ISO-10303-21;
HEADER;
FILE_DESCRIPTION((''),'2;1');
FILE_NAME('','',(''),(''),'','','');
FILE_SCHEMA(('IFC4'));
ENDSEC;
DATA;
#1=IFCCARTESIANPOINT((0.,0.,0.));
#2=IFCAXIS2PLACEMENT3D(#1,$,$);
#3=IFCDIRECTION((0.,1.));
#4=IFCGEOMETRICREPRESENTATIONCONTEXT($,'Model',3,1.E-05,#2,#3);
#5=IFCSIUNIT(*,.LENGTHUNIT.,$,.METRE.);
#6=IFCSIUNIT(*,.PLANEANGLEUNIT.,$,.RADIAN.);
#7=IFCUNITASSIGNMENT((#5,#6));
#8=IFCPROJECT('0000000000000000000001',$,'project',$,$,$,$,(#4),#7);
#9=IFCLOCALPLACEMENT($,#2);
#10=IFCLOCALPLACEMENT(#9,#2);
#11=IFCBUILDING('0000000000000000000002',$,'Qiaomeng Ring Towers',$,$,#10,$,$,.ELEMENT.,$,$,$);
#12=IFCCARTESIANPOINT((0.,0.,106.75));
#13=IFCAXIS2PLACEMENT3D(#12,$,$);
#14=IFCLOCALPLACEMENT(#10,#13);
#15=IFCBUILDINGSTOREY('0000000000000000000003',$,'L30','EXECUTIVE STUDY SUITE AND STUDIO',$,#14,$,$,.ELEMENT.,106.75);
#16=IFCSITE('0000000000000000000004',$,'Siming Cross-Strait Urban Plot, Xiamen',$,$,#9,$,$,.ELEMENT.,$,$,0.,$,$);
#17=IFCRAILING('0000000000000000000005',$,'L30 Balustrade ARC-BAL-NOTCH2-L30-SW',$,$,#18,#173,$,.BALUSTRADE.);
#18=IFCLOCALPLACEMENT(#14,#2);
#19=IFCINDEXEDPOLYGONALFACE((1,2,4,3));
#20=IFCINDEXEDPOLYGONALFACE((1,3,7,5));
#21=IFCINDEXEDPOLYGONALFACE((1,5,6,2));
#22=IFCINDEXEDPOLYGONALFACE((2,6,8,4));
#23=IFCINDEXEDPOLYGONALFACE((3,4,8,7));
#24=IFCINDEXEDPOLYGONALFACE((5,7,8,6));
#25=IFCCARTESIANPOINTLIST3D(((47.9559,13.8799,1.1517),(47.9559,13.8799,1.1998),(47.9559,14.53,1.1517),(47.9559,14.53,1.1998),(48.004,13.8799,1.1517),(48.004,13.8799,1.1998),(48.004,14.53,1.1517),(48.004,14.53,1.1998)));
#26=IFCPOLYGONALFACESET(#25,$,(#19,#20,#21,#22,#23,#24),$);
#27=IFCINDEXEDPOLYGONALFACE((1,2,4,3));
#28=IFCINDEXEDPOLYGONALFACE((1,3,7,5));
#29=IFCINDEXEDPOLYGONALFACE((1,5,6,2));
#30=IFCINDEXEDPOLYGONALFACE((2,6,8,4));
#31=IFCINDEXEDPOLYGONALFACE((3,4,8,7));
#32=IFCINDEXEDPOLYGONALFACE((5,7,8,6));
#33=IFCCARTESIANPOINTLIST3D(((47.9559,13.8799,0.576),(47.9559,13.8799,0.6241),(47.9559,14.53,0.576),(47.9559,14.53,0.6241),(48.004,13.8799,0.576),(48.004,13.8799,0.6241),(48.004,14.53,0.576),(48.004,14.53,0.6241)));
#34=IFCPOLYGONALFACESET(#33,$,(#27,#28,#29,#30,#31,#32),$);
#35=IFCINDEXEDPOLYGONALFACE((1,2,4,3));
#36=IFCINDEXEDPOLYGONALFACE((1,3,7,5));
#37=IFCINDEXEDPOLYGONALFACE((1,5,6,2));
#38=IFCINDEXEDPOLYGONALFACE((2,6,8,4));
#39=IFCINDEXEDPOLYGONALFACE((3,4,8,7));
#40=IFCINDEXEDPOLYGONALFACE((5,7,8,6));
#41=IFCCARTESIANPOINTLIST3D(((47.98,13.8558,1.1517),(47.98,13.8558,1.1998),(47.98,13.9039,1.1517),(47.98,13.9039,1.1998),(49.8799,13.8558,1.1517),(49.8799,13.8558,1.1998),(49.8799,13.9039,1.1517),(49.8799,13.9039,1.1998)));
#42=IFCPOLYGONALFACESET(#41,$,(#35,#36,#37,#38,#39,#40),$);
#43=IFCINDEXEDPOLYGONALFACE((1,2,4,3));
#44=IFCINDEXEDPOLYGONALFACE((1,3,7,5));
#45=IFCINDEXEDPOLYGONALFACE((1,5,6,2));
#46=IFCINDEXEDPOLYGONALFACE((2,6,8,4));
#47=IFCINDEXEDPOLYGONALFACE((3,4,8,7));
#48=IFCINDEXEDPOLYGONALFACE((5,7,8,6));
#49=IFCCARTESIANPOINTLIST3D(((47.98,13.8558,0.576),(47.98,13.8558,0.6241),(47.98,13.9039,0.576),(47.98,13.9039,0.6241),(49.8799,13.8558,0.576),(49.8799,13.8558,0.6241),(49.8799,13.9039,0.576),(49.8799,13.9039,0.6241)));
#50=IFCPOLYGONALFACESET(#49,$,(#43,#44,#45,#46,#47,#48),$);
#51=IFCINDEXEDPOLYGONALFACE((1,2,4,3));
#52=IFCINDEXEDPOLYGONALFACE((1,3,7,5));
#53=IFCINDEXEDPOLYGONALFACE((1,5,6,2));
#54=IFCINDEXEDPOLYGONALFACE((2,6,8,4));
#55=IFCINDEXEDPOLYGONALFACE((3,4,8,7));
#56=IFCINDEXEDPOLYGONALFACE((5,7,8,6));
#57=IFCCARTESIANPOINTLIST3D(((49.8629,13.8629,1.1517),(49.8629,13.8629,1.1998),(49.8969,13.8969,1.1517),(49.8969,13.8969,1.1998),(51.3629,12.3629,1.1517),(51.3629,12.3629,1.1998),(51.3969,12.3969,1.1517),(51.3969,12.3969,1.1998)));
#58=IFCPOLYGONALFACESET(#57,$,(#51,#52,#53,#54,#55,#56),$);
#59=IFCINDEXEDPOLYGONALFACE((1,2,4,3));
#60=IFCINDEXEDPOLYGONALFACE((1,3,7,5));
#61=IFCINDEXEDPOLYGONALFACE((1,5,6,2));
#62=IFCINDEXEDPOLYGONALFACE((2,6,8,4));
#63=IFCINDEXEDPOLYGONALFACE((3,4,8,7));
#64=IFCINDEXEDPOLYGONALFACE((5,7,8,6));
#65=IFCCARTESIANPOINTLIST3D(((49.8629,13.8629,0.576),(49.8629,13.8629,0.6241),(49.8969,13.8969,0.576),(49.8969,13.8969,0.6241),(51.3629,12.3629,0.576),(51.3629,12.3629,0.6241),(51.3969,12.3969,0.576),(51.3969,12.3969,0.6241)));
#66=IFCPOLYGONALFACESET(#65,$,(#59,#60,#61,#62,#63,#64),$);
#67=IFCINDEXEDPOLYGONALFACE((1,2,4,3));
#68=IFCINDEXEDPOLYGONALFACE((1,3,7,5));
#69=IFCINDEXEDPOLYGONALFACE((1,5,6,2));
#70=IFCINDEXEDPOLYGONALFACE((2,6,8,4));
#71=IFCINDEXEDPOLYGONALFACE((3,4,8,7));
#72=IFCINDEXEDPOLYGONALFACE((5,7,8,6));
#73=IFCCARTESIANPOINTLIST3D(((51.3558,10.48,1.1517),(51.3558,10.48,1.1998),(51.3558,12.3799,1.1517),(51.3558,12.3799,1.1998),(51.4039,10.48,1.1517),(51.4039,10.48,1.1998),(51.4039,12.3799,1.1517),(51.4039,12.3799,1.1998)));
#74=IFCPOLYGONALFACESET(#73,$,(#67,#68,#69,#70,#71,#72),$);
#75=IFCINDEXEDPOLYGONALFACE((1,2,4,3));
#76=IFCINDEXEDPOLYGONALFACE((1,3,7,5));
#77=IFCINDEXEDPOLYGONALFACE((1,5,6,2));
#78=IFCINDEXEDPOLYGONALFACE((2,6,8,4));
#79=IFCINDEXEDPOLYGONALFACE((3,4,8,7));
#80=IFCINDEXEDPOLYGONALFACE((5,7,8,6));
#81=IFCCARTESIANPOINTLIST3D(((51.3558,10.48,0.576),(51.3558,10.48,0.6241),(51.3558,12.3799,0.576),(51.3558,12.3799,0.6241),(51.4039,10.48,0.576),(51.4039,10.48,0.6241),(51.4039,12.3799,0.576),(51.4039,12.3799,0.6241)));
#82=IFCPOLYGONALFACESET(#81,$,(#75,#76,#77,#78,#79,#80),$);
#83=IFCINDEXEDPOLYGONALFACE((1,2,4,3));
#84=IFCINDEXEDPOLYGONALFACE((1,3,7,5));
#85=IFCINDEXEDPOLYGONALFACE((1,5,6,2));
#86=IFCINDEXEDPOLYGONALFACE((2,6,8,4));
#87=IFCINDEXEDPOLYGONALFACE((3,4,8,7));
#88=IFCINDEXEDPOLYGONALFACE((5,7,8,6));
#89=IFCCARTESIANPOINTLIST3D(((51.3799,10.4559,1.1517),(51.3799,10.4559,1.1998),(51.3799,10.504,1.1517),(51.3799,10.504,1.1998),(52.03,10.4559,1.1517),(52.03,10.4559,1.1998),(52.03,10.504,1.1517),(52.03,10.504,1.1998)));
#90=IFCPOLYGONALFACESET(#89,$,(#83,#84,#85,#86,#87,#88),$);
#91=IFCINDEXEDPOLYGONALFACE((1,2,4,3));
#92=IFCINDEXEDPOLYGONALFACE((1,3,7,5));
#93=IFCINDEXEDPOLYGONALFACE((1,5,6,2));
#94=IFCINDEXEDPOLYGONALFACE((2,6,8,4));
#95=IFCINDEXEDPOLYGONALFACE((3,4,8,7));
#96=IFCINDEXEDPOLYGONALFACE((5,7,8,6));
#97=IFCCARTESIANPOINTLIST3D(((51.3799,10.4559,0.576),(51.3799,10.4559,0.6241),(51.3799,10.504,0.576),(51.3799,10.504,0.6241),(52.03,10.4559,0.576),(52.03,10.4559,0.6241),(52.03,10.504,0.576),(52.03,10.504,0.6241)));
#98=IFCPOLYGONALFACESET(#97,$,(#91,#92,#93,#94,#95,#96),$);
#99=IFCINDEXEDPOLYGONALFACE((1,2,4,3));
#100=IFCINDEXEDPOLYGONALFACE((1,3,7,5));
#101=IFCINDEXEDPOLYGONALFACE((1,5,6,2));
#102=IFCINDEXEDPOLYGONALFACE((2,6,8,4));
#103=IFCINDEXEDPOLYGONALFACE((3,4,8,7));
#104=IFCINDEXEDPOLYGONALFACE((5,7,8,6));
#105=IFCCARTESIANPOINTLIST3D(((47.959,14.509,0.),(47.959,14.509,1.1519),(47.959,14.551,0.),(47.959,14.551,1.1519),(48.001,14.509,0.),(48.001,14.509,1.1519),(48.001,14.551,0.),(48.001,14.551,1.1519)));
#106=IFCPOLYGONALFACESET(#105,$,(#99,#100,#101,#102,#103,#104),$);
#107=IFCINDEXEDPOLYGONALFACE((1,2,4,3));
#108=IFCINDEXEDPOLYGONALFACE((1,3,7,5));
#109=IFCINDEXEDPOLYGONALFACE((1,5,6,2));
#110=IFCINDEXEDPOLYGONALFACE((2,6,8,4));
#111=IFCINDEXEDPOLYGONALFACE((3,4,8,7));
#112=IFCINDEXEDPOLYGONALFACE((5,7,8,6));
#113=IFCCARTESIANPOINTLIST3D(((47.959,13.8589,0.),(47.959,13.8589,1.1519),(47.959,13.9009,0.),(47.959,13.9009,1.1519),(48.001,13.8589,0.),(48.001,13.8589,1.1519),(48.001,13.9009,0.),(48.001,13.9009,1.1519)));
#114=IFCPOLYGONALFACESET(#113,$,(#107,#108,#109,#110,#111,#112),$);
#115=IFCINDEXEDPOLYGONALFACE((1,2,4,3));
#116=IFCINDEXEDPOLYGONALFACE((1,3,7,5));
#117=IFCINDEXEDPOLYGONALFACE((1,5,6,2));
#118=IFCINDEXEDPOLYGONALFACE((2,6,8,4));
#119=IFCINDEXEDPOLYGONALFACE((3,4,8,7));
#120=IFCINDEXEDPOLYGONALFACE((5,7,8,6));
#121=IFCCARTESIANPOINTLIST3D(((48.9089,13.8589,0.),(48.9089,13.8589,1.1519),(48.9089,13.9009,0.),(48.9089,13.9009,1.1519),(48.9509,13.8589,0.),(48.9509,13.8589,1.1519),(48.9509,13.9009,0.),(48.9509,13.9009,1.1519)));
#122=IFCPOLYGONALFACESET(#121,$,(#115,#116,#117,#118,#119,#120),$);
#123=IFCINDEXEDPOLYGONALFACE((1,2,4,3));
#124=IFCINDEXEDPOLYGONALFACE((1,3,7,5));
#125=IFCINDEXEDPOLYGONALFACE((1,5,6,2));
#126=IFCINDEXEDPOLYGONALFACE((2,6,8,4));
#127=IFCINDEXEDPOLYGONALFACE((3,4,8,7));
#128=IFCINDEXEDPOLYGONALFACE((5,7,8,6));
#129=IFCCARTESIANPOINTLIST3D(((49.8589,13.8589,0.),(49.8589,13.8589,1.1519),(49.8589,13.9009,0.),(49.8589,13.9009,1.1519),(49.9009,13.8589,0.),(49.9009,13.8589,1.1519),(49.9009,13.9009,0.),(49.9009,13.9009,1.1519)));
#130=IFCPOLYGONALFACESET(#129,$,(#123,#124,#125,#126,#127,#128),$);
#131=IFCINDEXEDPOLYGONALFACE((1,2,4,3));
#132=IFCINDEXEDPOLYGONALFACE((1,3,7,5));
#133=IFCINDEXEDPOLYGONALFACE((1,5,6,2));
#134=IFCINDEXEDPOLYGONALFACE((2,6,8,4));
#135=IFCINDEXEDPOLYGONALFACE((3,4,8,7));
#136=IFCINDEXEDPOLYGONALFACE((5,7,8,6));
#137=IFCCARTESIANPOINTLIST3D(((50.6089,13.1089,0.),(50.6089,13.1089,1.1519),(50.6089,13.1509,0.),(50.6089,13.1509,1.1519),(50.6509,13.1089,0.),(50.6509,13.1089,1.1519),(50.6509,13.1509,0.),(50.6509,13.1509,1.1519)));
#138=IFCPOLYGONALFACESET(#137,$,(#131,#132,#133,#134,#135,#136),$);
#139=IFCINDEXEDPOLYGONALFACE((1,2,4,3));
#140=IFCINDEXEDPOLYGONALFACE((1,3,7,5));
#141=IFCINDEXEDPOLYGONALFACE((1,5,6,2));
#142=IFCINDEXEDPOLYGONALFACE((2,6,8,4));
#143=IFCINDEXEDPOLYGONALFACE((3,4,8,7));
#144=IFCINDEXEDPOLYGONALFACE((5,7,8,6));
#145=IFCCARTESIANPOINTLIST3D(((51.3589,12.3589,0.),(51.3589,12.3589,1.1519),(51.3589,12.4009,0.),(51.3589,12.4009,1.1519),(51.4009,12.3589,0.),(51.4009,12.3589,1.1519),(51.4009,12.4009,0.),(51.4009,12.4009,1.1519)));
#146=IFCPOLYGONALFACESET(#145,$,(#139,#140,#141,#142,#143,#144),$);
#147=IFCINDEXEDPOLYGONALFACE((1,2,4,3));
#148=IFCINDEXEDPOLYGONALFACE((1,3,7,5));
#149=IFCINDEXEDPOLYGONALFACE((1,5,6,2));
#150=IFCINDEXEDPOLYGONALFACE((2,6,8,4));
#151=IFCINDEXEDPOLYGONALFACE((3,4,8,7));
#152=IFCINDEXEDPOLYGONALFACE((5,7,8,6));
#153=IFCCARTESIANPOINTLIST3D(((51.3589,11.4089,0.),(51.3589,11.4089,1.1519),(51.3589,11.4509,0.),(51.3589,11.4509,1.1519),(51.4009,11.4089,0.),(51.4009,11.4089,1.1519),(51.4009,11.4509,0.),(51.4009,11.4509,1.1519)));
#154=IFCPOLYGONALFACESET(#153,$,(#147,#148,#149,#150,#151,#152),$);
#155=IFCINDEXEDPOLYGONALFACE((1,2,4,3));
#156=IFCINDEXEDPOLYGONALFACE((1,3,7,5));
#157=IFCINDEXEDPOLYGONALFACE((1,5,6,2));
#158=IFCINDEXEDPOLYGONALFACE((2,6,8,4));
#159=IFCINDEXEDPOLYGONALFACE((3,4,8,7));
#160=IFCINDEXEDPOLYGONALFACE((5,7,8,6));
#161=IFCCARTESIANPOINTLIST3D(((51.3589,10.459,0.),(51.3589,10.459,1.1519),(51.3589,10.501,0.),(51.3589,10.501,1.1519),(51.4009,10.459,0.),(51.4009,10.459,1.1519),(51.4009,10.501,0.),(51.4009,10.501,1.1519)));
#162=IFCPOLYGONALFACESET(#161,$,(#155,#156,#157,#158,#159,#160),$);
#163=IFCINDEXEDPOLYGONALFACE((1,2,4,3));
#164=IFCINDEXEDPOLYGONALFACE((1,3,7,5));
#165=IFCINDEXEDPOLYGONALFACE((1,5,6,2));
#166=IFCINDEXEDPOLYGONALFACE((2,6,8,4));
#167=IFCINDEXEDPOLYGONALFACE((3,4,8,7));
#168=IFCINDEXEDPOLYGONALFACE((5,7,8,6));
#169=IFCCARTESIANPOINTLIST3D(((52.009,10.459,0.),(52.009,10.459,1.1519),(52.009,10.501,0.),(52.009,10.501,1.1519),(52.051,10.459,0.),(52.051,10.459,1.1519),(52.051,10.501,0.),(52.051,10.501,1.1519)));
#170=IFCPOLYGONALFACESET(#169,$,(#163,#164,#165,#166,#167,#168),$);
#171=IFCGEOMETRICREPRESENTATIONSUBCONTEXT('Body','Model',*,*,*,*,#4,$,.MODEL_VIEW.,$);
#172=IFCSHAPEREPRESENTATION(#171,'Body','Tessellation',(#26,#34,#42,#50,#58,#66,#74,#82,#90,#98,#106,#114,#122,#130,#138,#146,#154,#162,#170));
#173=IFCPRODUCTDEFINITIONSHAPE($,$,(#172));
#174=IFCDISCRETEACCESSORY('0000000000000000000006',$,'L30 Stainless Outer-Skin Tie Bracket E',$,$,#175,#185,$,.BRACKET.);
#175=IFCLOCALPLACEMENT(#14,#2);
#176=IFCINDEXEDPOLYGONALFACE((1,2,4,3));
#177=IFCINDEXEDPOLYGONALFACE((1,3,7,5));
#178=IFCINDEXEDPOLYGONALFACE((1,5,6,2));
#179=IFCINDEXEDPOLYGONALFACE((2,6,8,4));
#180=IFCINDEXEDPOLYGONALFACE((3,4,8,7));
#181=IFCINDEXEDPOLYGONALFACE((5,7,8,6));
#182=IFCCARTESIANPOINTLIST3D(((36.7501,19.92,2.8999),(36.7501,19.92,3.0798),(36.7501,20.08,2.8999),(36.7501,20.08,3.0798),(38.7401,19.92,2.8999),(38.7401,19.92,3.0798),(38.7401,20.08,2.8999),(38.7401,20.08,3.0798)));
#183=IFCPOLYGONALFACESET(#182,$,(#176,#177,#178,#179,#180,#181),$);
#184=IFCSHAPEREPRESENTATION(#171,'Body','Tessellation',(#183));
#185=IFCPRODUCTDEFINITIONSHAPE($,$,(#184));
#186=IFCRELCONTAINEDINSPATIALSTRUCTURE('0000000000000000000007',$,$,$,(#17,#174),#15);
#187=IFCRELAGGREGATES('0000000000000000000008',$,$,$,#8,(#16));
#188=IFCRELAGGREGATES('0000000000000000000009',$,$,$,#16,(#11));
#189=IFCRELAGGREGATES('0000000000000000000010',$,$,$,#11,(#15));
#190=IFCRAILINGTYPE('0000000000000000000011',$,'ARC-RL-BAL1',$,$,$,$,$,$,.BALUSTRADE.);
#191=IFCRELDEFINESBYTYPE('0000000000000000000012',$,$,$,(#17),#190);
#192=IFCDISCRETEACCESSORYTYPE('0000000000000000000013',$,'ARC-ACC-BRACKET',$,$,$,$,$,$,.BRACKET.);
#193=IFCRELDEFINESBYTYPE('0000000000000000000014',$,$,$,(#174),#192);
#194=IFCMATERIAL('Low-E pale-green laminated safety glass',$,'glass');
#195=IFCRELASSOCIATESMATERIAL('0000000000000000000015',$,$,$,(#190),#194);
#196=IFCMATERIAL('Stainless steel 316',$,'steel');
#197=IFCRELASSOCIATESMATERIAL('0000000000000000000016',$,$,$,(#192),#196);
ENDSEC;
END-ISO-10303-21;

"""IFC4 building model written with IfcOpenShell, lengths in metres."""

from ifc_helpers import new_model, si_unit, direction, frame, origin, origin_2d, place, context, subcontext, project, spatial, rectangle, extrude, source, transform, mapped, material, type_object, element, save


model = new_model("IFC4")

# Units and contexts
model_context = context("Model", 3, precision=1e-05, world=origin(), true_north=direction((0.0, 1.0)))
body_context = subcontext(model_context, "Body", "Model", "MODEL_VIEW")
ifc_project = project(units=[si_unit("LENGTHUNIT", "METRE"), si_unit("PLANEANGLEUNIT", "RADIAN")], contexts=[model_context])

# Site, building, storey
site_placement = place(None, origin())
site = spatial("IfcSite", under=ifc_project, at=site_placement, Name="Siming Cross-Strait Urban Plot, Xiamen", CompositionType="ELEMENT", RefElevation=0.0)
building_placement = place(site_placement, origin())
building = spatial("IfcBuilding", under=site, at=building_placement, Name="Qiaomeng Ring Towers", CompositionType="ELEMENT")
storey_placement = place(building_placement, frame((0.0, 0.0, 106.75)))
storey = spatial("IfcBuildingStorey", under=building, at=storey_placement, Name="L30", Description="EXECUTIVE STUDY SUITE AND STUDIO", CompositionType="ELEMENT", Elevation=106.75)

# Shared definitions
ifc_material_1 = material(Name="Stainless steel 316", Category="steel")

# Railing
ifc_material_2 = material(Name="Low-E pale-green laminated safety glass", Category="glass")
railing_type = type_object("IfcRailingType", Name="ARC-RL-BAL1", PredefinedType="BALUSTRADE", material=ifc_material_2)
railing_1_placement = place(storey_placement, frame((47.98, 14.53, 0.0)))
element("IfcRailing", 1, at=railing_1_placement, inside=storey, type_object=railing_type, Name="L30 Balustrade ARC-BAL-NOTCH2-L30-SW", PredefinedType="BALUSTRADE", context=body_context, shape_type="SweptSolid", body=[
    extrude(rectangle(XDim=0.0481, YDim=0.0481, at=origin_2d()), frame((0.0, 0.0, 1.1758), z_axis=(0.0, -1.0, 0.0), x_axis=(1.0, 0.0, 0.0)), (0.0, 0.0, 1.0), 0.6501),
    extrude(rectangle(XDim=0.0481, YDim=0.0481, at=origin_2d()), frame((0.0, 0.0, 0.6001), z_axis=(0.0, -1.0, 0.0), x_axis=(1.0, 0.0, 0.0)), (0.0, 0.0, 1.0), 0.6501),
    extrude(rectangle(XDim=0.0481, YDim=0.0481, at=origin_2d()), frame((0.0, -0.6501, 1.1758), z_axis=(1.0, 0.0, 0.0), x_axis=(0.0, 1.0, 0.0)), (0.0, 0.0, 1.0), 1.8999),
    extrude(rectangle(XDim=0.0481, YDim=0.0481, at=origin_2d()), frame((0.0, -0.6501, 0.6001), z_axis=(1.0, 0.0, 0.0), x_axis=(0.0, 1.0, 0.0)), (0.0, 0.0, 1.0), 1.8999),
    extrude(rectangle(XDim=0.0481, YDim=0.0481, at=origin_2d()), frame((1.8999, -0.6501, 1.1758), z_axis=(0.707107, -0.707107, 0.0), x_axis=(0.707107, 0.707107, 0.0)), (0.0, 0.0, 1.0), 2.1213),
    extrude(rectangle(XDim=0.0481, YDim=0.0481, at=origin_2d()), frame((1.8999, -0.6501, 0.6001), z_axis=(0.707107, -0.707107, 0.0), x_axis=(0.707107, 0.707107, 0.0)), (0.0, 0.0, 1.0), 2.1213),
    extrude(rectangle(XDim=0.0481, YDim=0.0481, at=origin_2d()), frame((3.3999, -2.1501, 1.1758), z_axis=(0.0, -1.0, 0.0), x_axis=(1.0, 0.0, 0.0)), (0.0, 0.0, 1.0), 1.8999),
    extrude(rectangle(XDim=0.0481, YDim=0.0481, at=origin_2d()), frame((3.3999, -2.1501, 0.6001), z_axis=(0.0, -1.0, 0.0), x_axis=(1.0, 0.0, 0.0)), (0.0, 0.0, 1.0), 1.8999),
    extrude(rectangle(XDim=0.0481, YDim=0.0481, at=origin_2d()), frame((3.3999, -4.05, 1.1758), z_axis=(1.0, 0.0, 0.0), x_axis=(0.0, 1.0, 0.0)), (0.0, 0.0, 1.0), 0.6501),
    extrude(rectangle(XDim=0.0481, YDim=0.0481, at=origin_2d()), frame((3.3999, -4.05, 0.6001), z_axis=(1.0, 0.0, 0.0), x_axis=(0.0, 1.0, 0.0)), (0.0, 0.0, 1.0), 0.6501),
    extrude(rectangle(XDim=0.042, YDim=0.042, at=origin_2d()), origin(), (0.0, 0.0, 1.0), 1.1519),
    extrude(rectangle(XDim=0.042, YDim=0.042, at=origin_2d()), frame((0.0, -0.6501, 0.0)), (0.0, 0.0, 1.0), 1.1519),
    extrude(rectangle(XDim=0.042, YDim=0.042, at=origin_2d()), frame((0.95, -0.6501, 0.0)), (0.0, 0.0, 1.0), 1.1519),
    extrude(rectangle(XDim=0.042, YDim=0.042, at=origin_2d()), frame((1.8999, -0.6501, 0.0)), (0.0, 0.0, 1.0), 1.1519),
    extrude(rectangle(XDim=0.042, YDim=0.042, at=origin_2d()), frame((2.6499, -1.4001, 0.0)), (0.0, 0.0, 1.0), 1.1519),
    extrude(rectangle(XDim=0.042, YDim=0.042, at=origin_2d()), frame((3.3999, -2.1501, 0.0)), (0.0, 0.0, 1.0), 1.1519),
    extrude(rectangle(XDim=0.042, YDim=0.042, at=origin_2d()), frame((3.3999, -3.1001, 0.0)), (0.0, 0.0, 1.0), 1.1519),
    extrude(rectangle(XDim=0.042, YDim=0.042, at=origin_2d()), frame((3.3999, -4.05, 0.0)), (0.0, 0.0, 1.0), 1.1519),
    extrude(rectangle(XDim=0.042, YDim=0.042, at=origin_2d()), frame((4.05, -4.05, 0.0)), (0.0, 0.0, 1.0), 1.1519),
])

# Discrete accessory
discrete_accessory_type = type_object("IfcDiscreteAccessoryType", Name="ARC-ACC-BRACKET", PredefinedType="BRACKET", material=ifc_material_1)
shared_shape_1 = source(origin(), body_context, "Body", "SweptSolid", [
    extrude(rectangle(XDim=1.99, YDim=0.1599, at=origin_2d()), origin(), (0.0, 0.0, 1.0), 0.1799),
])
discrete_accessory_placement = place(storey_placement, frame((37.7451, 20.0, 2.8999), z_axis=(0.0, 0.0, 1.0), x_axis=(1.0, 0.0, 0.0)))
element("IfcDiscreteAccessory", 2, at=discrete_accessory_placement, inside=storey, type_object=discrete_accessory_type, Name="L30 Stainless Outer-Skin Tie Bracket E", PredefinedType="BRACKET", context=body_context, shape_type="MappedRepresentation", body=[
    mapped(shared_shape_1, transform((0.0, 0.0, 0.0), x_axis=(1.0, 0.0, 0.0), y_axis=(0.0, 1.0, 0.0), z_axis=(0.0, 0.0, 1.0), scale=1.0)),
])

save(model, "model.ifc")
